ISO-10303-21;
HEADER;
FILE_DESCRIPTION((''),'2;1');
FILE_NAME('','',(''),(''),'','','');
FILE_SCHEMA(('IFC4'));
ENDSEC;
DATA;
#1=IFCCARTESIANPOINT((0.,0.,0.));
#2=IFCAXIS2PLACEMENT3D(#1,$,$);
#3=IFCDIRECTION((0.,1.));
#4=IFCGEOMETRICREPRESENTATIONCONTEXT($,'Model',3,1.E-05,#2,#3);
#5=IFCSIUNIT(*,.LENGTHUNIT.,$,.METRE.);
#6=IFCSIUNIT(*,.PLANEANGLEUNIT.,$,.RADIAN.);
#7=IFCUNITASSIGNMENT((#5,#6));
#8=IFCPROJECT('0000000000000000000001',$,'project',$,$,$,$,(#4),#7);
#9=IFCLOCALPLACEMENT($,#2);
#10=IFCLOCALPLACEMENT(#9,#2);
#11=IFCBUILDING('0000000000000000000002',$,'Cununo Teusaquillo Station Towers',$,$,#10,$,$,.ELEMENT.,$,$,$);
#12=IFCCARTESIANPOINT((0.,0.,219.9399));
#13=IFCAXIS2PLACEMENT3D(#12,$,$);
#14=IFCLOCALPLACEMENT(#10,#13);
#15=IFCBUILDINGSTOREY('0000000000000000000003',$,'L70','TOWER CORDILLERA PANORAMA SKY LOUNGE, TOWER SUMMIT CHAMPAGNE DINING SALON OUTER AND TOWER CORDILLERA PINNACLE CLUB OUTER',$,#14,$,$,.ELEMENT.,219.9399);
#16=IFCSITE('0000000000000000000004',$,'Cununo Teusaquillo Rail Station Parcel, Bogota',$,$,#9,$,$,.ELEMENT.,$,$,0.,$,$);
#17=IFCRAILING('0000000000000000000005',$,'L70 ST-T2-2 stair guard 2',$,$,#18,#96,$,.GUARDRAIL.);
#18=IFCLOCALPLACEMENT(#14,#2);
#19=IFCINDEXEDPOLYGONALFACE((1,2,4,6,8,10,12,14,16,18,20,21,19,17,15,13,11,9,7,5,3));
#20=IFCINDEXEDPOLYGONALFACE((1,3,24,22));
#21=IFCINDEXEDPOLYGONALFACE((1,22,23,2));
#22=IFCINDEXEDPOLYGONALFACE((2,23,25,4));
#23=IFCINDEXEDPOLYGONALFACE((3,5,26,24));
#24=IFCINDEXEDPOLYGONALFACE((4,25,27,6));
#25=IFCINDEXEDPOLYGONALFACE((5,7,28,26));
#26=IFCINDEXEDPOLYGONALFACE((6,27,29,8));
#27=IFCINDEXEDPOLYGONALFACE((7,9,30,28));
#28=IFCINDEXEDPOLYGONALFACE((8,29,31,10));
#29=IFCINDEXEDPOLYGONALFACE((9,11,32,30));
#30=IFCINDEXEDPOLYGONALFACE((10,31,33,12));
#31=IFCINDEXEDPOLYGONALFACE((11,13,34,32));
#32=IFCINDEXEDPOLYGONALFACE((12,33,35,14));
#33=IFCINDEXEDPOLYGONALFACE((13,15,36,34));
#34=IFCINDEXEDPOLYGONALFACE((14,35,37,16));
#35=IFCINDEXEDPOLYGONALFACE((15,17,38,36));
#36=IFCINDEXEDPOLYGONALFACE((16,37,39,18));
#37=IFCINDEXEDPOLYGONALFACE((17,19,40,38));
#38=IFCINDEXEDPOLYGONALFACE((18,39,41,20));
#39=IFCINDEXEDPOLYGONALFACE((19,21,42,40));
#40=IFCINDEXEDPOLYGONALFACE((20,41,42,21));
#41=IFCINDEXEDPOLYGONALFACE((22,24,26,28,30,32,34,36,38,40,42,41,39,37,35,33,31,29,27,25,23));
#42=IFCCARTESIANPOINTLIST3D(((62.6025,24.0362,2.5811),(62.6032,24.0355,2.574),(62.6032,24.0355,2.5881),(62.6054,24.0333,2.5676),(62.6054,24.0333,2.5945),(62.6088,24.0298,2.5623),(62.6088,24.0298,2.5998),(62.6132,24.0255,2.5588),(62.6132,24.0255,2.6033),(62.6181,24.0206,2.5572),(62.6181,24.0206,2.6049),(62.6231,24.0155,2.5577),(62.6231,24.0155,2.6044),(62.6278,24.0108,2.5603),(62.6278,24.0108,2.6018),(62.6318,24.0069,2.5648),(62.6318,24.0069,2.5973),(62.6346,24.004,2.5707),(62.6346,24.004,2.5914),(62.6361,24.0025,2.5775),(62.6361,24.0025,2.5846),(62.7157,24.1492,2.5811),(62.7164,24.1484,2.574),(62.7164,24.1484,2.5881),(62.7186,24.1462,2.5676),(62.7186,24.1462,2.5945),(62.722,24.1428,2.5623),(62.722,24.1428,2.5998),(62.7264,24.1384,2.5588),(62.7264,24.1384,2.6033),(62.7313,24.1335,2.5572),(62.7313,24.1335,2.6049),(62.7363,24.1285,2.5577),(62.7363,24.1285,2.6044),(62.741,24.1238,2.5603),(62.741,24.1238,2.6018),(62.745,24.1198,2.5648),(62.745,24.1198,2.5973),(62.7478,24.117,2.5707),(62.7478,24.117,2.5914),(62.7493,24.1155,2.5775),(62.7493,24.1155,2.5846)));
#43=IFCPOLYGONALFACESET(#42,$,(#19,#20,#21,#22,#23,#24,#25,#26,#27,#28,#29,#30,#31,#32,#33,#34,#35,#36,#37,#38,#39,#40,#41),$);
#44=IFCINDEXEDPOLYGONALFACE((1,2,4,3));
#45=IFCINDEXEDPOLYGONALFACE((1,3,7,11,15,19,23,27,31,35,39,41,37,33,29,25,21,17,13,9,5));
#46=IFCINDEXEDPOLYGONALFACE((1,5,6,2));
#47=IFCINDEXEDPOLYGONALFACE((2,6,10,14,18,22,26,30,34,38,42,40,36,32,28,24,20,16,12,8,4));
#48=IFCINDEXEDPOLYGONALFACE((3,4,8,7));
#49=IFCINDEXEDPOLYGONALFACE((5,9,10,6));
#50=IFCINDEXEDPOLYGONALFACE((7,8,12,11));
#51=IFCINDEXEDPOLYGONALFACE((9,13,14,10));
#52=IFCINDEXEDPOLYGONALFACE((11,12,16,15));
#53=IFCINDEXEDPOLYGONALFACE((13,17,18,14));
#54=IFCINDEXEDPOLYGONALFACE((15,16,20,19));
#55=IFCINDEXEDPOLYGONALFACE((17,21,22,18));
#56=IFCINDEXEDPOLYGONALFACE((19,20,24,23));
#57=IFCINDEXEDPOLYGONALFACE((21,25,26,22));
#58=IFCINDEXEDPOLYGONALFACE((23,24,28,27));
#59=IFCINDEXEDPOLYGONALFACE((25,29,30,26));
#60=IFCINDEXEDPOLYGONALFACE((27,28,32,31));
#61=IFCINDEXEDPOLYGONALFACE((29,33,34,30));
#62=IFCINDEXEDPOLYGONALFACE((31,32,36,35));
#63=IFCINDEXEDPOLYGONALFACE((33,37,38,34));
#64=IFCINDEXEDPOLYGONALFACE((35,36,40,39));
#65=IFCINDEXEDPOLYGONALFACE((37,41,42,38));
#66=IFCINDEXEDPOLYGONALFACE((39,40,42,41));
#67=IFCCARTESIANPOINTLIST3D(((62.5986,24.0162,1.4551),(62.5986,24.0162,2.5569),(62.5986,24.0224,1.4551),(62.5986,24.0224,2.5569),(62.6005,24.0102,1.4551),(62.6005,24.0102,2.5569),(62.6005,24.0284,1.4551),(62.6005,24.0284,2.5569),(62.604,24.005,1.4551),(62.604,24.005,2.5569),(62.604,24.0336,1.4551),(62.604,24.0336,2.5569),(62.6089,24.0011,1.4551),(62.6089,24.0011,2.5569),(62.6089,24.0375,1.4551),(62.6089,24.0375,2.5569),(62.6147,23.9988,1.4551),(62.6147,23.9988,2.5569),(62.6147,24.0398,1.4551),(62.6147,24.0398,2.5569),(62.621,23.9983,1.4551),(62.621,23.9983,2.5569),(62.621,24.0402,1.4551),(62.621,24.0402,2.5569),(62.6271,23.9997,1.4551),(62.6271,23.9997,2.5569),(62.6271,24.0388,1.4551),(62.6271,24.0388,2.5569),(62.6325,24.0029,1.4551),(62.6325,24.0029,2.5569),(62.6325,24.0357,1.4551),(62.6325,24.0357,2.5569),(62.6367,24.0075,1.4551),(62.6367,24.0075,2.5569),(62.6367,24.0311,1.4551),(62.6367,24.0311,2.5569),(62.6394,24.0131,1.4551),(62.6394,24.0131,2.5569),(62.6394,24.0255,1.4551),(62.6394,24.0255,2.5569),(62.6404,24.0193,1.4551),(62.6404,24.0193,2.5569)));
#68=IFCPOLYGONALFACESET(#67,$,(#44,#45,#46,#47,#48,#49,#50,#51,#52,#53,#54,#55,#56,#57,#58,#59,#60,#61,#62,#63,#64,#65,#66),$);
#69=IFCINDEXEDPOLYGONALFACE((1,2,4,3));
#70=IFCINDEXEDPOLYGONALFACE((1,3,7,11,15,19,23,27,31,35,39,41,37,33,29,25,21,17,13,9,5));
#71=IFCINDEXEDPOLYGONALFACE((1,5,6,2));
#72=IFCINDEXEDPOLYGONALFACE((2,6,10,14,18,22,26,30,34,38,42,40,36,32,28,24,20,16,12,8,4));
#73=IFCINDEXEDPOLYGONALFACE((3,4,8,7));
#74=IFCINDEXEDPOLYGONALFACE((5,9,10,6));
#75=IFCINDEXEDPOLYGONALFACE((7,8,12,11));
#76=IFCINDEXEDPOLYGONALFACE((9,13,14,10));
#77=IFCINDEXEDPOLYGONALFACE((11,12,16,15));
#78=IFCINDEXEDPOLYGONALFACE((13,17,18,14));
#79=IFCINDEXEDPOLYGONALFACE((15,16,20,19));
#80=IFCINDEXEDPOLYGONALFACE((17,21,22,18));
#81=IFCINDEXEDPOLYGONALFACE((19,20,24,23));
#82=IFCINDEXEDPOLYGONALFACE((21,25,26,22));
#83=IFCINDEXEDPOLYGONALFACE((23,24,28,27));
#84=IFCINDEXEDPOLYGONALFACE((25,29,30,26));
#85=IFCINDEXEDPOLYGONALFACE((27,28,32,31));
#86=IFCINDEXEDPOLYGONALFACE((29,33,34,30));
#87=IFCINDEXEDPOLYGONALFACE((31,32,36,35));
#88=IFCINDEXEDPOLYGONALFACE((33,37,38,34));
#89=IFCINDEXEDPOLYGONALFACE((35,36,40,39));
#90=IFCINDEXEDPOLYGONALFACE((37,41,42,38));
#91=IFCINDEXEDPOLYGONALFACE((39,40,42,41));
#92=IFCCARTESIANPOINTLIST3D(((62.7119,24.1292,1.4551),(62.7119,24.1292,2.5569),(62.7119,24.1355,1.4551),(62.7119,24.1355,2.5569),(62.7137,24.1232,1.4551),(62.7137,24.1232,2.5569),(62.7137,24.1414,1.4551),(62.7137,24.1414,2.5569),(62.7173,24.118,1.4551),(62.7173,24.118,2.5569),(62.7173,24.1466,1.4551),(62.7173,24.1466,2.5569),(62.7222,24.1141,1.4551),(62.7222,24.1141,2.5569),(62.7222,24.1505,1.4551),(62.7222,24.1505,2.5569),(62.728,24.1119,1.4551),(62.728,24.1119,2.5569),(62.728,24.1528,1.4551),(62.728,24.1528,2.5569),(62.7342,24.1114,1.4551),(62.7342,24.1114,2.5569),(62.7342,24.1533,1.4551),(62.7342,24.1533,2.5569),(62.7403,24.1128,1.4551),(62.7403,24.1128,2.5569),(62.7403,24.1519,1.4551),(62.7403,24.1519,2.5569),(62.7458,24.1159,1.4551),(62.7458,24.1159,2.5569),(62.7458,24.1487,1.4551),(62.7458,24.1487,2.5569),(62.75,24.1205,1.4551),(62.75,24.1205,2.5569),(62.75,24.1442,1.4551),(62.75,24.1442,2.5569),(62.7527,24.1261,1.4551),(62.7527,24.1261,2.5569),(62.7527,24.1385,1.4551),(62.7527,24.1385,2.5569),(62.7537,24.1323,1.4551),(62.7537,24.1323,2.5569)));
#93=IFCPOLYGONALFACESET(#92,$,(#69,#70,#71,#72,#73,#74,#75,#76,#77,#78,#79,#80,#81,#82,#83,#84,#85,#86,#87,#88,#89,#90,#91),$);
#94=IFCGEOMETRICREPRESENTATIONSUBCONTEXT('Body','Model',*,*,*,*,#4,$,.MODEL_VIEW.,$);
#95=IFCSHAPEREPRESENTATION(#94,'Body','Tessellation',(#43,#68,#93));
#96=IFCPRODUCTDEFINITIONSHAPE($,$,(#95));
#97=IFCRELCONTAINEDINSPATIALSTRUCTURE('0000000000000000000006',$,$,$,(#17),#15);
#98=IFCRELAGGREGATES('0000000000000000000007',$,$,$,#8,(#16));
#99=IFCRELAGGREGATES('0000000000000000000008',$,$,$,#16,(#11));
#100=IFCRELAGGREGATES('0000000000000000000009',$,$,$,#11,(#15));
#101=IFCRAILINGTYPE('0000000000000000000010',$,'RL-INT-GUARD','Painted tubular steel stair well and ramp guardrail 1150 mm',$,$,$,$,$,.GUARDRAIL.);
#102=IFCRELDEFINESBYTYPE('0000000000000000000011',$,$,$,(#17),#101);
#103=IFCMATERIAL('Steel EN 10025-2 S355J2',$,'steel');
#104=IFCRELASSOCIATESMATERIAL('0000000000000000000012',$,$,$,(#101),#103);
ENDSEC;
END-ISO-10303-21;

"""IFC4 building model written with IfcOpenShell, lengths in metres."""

from ifc_helpers import new_model, si_unit, direction, frame, origin, origin_2d, place, context, subcontext, project, spatial, circle, extrude, material, type_object, element, save


model = new_model("IFC4")

# Units and contexts
model_context = context("Model", 3, precision=1e-05, world=origin(), true_north=direction((0.0, 1.0)))
body_context = subcontext(model_context, "Body", "Model", "MODEL_VIEW")
ifc_project = project(units=[si_unit("LENGTHUNIT", "METRE"), si_unit("PLANEANGLEUNIT", "RADIAN")], contexts=[model_context])

# Site, building, storey
site_placement = place(None, origin())
site = spatial("IfcSite", under=ifc_project, at=site_placement, Name="Cununo Teusaquillo Rail Station Parcel, Bogota", CompositionType="ELEMENT", RefElevation=0.0)
building_placement = place(site_placement, origin())
building = spatial("IfcBuilding", under=site, at=building_placement, Name="Cununo Teusaquillo Station Towers", CompositionType="ELEMENT")
storey_placement = place(building_placement, frame((0.0, 0.0, 219.9399)))
storey = spatial("IfcBuildingStorey", under=building, at=storey_placement, Name="L70", Description="TOWER CORDILLERA PANORAMA SKY LOUNGE, TOWER SUMMIT CHAMPAGNE DINING SALON OUTER AND TOWER CORDILLERA PINNACLE CLUB OUTER", CompositionType="ELEMENT", Elevation=219.9399)

# Railing
ifc_material_1 = material(Name="Steel EN 10025-2 S355J2", Category="steel")
railing_type_1 = type_object("IfcRailingType", Name="RL-INT-GUARD", Description="Painted tubular steel stair well and ramp guardrail 1150 mm", PredefinedType="GUARDRAIL", material=ifc_material_1)
railing_1_placement = place(storey_placement, frame((62.6194, 24.0193, 1.4551)))
element("IfcRailing", 1, at=railing_1_placement, inside=storey, type_object=railing_type_1, Name="L70 ST-T2-2 stair guard 2", PredefinedType="GUARDRAIL", context=body_context, shape_type="SweptSolid", body=[
    extrude(circle(Radius=0.0239, at=origin_2d()), frame((0.0, 0.0, 1.126), z_axis=(0.707869, 0.706344, 0.0), x_axis=(-0.706344, 0.707869, 0.0)), (0.0, 0.0, 1.0), 0.1599),
    extrude(circle(Radius=0.021, at=origin_2d()), origin(), (0.0, 0.0, 1.0), 1.1018),
    extrude(circle(Radius=0.021, at=origin_2d()), frame((0.1133, 0.113, 0.0)), (0.0, 0.0, 1.0), 1.1018),
])

save(model, "model.ifc")
